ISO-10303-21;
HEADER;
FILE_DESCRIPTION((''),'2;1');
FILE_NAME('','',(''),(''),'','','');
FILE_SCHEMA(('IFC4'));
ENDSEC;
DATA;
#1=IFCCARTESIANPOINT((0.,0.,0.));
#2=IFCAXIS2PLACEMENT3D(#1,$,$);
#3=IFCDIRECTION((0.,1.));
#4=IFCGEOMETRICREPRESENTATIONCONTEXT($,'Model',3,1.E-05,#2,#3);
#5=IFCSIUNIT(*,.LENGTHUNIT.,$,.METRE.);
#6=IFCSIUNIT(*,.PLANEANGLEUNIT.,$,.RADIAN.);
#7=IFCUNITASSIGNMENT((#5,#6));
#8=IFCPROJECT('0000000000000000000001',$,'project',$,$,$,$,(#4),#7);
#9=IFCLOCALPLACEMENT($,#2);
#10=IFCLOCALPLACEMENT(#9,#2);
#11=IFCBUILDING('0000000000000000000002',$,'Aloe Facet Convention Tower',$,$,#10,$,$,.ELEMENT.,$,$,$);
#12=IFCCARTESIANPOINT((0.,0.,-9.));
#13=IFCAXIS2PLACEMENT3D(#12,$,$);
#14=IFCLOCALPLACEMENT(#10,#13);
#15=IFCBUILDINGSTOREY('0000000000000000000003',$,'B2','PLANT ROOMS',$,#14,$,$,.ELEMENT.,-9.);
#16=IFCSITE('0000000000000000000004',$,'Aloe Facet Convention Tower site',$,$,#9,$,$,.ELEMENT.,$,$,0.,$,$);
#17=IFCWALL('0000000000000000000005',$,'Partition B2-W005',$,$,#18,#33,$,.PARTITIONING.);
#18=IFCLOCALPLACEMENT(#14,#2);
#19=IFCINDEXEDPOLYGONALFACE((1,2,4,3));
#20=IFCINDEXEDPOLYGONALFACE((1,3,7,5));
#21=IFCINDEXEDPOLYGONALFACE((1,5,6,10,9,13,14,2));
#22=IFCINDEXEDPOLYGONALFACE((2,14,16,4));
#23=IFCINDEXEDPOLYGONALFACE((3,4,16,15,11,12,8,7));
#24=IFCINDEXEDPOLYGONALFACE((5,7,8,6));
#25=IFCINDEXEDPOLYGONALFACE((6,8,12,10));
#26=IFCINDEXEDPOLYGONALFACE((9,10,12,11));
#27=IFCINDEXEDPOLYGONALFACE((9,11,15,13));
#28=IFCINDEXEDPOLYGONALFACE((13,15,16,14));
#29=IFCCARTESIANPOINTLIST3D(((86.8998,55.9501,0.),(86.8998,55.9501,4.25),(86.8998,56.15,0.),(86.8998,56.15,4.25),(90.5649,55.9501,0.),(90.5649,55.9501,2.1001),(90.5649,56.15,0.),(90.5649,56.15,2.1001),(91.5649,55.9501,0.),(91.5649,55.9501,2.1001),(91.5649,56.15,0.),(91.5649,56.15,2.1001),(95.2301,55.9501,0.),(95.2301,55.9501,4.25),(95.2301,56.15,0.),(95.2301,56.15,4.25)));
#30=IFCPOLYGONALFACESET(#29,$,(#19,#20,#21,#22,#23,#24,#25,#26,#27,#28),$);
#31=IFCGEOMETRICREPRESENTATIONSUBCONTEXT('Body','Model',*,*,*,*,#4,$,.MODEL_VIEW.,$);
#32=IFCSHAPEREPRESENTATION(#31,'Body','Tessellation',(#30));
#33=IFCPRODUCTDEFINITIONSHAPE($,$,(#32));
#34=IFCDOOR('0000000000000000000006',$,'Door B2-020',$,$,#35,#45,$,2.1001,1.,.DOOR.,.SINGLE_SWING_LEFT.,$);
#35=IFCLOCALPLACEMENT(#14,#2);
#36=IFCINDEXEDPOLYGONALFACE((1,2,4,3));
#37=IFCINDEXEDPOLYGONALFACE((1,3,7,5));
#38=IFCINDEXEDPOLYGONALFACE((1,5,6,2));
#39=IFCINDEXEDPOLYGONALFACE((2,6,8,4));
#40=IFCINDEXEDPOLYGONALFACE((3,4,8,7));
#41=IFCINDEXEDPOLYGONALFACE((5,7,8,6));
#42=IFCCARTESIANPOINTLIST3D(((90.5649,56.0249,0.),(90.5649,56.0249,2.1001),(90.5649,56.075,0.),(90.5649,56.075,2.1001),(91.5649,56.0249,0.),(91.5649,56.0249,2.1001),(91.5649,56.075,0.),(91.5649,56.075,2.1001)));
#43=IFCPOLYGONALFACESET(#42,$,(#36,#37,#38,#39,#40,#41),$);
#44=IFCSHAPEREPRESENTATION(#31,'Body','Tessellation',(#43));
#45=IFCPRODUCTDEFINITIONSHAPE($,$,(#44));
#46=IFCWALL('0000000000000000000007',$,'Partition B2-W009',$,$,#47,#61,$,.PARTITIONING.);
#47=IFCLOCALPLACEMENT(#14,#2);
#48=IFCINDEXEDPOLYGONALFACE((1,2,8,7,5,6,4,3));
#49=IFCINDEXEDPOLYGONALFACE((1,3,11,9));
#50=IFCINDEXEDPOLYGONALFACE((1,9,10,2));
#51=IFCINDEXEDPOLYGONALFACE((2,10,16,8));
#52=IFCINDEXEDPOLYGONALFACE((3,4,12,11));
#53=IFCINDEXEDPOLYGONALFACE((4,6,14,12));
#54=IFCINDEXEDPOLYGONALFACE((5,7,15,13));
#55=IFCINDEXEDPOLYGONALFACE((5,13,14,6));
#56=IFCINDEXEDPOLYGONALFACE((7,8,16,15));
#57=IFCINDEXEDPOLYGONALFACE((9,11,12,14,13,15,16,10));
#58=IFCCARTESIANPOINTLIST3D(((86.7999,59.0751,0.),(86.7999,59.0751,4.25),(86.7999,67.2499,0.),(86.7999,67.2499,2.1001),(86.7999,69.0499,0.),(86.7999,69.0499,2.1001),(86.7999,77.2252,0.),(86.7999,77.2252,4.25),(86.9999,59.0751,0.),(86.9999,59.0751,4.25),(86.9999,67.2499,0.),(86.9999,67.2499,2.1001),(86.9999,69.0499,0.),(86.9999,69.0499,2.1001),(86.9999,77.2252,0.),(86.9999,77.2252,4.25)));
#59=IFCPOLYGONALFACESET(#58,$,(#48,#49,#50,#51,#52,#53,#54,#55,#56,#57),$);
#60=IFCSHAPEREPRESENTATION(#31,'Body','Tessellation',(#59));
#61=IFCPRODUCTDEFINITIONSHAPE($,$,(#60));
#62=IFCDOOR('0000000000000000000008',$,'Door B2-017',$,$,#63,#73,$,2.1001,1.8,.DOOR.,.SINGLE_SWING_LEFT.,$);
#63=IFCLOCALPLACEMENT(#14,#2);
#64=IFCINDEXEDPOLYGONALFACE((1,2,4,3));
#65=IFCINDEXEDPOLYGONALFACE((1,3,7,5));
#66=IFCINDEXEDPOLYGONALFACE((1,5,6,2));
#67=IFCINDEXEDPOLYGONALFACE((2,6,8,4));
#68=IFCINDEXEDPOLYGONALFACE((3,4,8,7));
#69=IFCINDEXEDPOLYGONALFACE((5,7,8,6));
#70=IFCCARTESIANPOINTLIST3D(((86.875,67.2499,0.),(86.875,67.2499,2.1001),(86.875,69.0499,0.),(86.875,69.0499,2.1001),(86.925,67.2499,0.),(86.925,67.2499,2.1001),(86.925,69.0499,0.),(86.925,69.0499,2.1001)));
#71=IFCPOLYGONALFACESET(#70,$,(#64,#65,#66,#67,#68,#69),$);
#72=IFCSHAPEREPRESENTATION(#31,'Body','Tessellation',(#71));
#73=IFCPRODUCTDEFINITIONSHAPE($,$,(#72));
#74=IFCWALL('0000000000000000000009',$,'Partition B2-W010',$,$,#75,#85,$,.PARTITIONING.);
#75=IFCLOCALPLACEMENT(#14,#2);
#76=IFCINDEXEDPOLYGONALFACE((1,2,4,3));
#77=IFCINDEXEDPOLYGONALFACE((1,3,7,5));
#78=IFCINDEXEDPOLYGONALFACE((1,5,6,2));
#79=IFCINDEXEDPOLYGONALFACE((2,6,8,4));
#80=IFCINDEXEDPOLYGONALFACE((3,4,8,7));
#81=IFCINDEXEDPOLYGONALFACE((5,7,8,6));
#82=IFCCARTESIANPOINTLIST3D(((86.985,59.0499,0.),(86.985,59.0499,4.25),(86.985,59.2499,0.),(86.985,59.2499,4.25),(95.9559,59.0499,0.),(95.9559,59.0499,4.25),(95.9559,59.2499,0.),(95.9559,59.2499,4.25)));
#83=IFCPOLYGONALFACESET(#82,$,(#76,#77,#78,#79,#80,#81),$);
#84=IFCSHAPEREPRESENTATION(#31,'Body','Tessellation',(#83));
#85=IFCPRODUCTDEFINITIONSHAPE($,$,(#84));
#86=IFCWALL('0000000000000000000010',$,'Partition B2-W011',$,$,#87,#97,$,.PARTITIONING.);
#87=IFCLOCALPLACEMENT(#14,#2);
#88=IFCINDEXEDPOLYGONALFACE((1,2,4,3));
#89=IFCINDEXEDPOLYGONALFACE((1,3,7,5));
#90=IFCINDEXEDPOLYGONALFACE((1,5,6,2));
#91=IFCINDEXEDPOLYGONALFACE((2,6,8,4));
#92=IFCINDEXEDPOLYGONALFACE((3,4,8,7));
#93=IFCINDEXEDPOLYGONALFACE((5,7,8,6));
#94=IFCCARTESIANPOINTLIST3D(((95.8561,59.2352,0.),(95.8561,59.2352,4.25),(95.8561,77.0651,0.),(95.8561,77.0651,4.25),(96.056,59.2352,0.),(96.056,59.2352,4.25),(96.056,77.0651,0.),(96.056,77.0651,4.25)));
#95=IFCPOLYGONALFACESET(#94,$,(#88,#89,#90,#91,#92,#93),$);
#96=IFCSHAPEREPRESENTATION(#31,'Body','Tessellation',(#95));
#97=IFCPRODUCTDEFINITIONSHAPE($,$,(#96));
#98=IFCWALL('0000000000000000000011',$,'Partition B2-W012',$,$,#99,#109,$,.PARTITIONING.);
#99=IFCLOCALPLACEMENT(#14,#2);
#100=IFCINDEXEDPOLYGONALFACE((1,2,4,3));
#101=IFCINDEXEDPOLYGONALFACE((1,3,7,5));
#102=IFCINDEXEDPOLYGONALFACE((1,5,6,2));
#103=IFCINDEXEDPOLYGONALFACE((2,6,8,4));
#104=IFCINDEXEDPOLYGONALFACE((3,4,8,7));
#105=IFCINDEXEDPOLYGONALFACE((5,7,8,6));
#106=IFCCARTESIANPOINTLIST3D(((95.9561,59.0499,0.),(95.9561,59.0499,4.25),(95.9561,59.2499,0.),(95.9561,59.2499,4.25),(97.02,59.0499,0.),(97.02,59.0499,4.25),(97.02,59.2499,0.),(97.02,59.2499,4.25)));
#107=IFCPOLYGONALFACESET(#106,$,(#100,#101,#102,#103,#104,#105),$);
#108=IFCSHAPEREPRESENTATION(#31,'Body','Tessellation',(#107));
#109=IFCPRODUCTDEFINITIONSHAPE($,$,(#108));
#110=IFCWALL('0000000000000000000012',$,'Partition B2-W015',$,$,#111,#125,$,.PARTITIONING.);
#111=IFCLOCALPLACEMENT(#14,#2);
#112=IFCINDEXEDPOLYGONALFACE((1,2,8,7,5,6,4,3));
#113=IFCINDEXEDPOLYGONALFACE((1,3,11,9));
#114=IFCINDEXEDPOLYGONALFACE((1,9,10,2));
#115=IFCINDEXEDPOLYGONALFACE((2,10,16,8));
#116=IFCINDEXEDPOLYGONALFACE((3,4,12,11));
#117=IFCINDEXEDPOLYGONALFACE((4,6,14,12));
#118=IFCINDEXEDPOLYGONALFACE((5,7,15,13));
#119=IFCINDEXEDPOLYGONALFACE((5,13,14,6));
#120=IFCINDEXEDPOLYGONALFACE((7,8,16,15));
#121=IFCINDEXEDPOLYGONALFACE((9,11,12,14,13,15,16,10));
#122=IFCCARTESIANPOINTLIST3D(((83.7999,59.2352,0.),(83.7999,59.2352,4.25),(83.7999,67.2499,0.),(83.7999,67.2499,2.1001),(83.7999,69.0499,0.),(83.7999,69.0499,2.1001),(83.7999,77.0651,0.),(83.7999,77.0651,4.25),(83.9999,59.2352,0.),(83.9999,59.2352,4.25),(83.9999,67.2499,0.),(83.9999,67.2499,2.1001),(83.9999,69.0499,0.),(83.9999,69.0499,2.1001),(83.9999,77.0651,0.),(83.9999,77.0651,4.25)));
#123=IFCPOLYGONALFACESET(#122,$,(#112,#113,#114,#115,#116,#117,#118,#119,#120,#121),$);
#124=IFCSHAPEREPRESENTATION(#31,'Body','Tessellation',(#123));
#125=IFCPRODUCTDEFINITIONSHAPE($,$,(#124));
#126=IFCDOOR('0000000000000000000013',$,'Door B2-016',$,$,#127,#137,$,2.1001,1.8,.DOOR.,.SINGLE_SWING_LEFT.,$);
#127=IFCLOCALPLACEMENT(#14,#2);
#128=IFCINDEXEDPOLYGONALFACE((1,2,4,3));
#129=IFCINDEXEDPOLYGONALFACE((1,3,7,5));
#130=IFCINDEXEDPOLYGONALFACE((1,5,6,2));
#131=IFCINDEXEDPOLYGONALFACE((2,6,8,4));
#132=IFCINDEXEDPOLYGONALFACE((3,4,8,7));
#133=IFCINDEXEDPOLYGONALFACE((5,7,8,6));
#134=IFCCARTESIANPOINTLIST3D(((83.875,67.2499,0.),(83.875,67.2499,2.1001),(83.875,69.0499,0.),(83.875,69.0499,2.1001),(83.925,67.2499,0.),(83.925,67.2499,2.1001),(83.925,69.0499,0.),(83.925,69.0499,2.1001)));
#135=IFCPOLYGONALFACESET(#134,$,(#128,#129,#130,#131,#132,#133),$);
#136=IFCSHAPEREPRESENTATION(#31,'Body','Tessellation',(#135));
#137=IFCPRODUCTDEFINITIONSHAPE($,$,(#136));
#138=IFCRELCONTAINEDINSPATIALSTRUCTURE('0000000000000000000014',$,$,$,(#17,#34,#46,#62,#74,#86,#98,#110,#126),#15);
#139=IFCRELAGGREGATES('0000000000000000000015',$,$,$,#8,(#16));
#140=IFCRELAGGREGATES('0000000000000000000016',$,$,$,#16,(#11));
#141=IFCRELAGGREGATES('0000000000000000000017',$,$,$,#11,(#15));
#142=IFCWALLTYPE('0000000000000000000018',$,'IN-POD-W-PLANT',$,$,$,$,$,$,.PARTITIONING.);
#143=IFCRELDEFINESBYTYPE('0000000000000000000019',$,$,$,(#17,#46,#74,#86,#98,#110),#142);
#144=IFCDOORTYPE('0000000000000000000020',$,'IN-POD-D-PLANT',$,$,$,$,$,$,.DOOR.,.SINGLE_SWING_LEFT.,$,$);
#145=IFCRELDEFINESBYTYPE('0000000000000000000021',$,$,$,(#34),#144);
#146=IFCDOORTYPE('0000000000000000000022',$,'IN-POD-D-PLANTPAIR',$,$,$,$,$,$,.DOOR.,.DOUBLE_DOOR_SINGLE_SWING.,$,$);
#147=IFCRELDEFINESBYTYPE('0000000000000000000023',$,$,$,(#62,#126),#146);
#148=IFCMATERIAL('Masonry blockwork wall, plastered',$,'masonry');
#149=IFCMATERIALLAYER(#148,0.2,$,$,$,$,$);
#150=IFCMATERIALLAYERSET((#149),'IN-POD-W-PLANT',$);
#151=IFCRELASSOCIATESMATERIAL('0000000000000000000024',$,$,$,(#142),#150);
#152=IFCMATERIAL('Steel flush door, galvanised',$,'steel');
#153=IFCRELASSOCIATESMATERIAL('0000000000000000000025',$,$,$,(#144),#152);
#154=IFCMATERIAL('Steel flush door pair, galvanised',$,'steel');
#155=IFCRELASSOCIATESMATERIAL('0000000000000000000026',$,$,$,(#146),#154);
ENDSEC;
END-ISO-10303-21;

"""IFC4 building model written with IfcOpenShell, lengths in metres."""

from ifc_helpers import new_model, si_unit, direction, frame, frame_2d, origin, place, context, subcontext, project, spatial, rectangle, extrude, material, layer, layer_set, type_object, element, fill, save


model = new_model("IFC4")

# Units and contexts
model_context = context("Model", 3, precision=1e-05, world=origin(), true_north=direction((0.0, 1.0)))
body_context = subcontext(model_context, "Body", "Model", "MODEL_VIEW")
ifc_project = project(units=[si_unit("LENGTHUNIT", "METRE"), si_unit("PLANEANGLEUNIT", "RADIAN")], contexts=[model_context])

# Site, building, storey
site_placement = place(None, origin())
site = spatial("IfcSite", under=ifc_project, at=site_placement, Name="Aloe Facet Convention Tower site", CompositionType="ELEMENT", RefElevation=0.0)
building_placement = place(site_placement, origin())
building = spatial("IfcBuilding", under=site, at=building_placement, Name="Aloe Facet Convention Tower", CompositionType="ELEMENT")
storey_placement = place(building_placement, frame((0.0, 0.0, -9.0)))
storey = spatial("IfcBuildingStorey", under=building, at=storey_placement, Name="B2", Description="PLANT ROOMS", CompositionType="ELEMENT", Elevation=-9.0)

# Walls, openings, doors
ifc_material_1 = material(Name="Masonry blockwork wall, plastered", Category="masonry")
ifc_layer = layer(ifc_material_1, 0.2)
ifc_layer_set = layer_set([ifc_layer], Name="IN-POD-W-PLANT")
wall_type = type_object("IfcWallType", Name="IN-POD-W-PLANT", PredefinedType="PARTITIONING", material=ifc_layer_set)
ifc_material_2 = material(Name="Steel flush door, galvanised", Category="steel")
door_type_1 = type_object("IfcDoorType", Name="IN-POD-D-PLANT", OperationType="SINGLE_SWING_LEFT", PredefinedType="DOOR", material=ifc_material_2)
wall_1_placement = place(storey_placement, frame((86.8999, 56.05, 0.0), z_axis=(0.0, 0.0, 1.0), x_axis=(1.0, 0.0, 0.0)))
wall_1 = element("IfcWall", 1, at=wall_1_placement, inside=storey, type_object=wall_type, Name="Partition B2-W005", PredefinedType="PARTITIONING", context=body_context, shape_type="SweptSolid", body=[
    extrude(rectangle(XDim=8.3303, YDim=0.2, at=frame_2d((4.165, 0.0))), origin(), (0.0, 0.0, 1.0), 4.25),
])
opening_1_placement = place(wall_1_placement, frame((3.665, 0.0, 0.0)))
opening_1 = element("IfcOpeningElement", 2, at=opening_1_placement, cuts=wall_1, PredefinedType="OPENING", context=body_context, shape_type="SweptSolid", body=[
    extrude(rectangle(XDim=1.0, YDim=2.1001, at=frame_2d((0.5, 1.05))), frame((0.0, 0.1099, 0.0), z_axis=(0.0, -1.0, 0.0), x_axis=(1.0, 0.0, 0.0)), (0.0, 0.0, 1.0), 0.22),
])
door_1_placement = place(opening_1_placement, origin())
door_1 = element("IfcDoor", 3, at=door_1_placement, inside=storey, type_object=door_type_1, Name="Door B2-020", OperationType="SINGLE_SWING_LEFT", OverallHeight=2.1001, OverallWidth=1.0, PredefinedType="DOOR", context=body_context, shape_type="SweptSolid", body=[
    extrude(rectangle(XDim=1.0, YDim=2.1001, at=frame_2d((0.5, 1.05))), frame((0.0, 0.0249, 0.0), z_axis=(0.0, -1.0, 0.0), x_axis=(1.0, 0.0, 0.0)), (0.0, 0.0, 1.0), 0.05),
])
fill(opening_1, door_1)
wall_2_placement = place(storey_placement, frame((86.8999, 59.075, 0.0), z_axis=(0.0, 0.0, 1.0), x_axis=(0.0, 1.0, 0.0)))
wall_2 = element("IfcWall", 4, at=wall_2_placement, inside=storey, type_object=wall_type, Name="Partition B2-W009", PredefinedType="PARTITIONING", context=body_context, shape_type="SweptSolid", body=[
    extrude(rectangle(XDim=18.1501, YDim=0.2, at=frame_2d((9.0752, 0.0))), origin(), (0.0, 0.0, 1.0), 4.25),
])
opening_2_placement = place(wall_2_placement, frame((8.175, 0.0, 0.0)))
opening_2 = element("IfcOpeningElement", 5, at=opening_2_placement, cuts=wall_2, PredefinedType="OPENING", context=body_context, shape_type="SweptSolid", body=[
    extrude(rectangle(XDim=1.8, YDim=2.1001, at=frame_2d((0.8999, 1.05))), frame((0.0, 0.1099, 0.0), z_axis=(0.0, -1.0, 0.0), x_axis=(1.0, 0.0, 0.0)), (0.0, 0.0, 1.0), 0.22),
])
ifc_material_3 = material(Name="Steel flush door pair, galvanised", Category="steel")
door_type_2 = type_object("IfcDoorType", Name="IN-POD-D-PLANTPAIR", OperationType="DOUBLE_DOOR_SINGLE_SWING", PredefinedType="DOOR", material=ifc_material_3)
door_2_placement = place(opening_2_placement, origin())
door_2 = element("IfcDoor", 6, at=door_2_placement, inside=storey, type_object=door_type_2, Name="Door B2-017", OperationType="SINGLE_SWING_LEFT", OverallHeight=2.1001, OverallWidth=1.8, PredefinedType="DOOR", context=body_context, shape_type="SweptSolid", body=[
    extrude(rectangle(XDim=1.8, YDim=2.1001, at=frame_2d((0.8999, 1.05))), frame((0.0, 0.0249, 0.0), z_axis=(0.0, -1.0, 0.0), x_axis=(1.0, 0.0, 0.0)), (0.0, 0.0, 1.0), 0.05),
])
fill(opening_2, door_2)

# Walls
wall_3_placement = place(storey_placement, frame((86.9851, 59.1499, 0.0), z_axis=(0.0, 0.0, 1.0), x_axis=(1.0, 0.0, 0.0)))
element("IfcWall", 7, at=wall_3_placement, inside=storey, type_object=wall_type, Name="Partition B2-W010", PredefinedType="PARTITIONING", context=body_context, shape_type="SweptSolid", body=[
    extrude(rectangle(XDim=8.9709, YDim=0.2, at=frame_2d((4.4854, 0.0))), origin(), (0.0, 0.0, 1.0), 4.25),
])
wall_4_placement = place(storey_placement, frame((95.9561, 59.2351, 0.0), z_axis=(0.0, 0.0, 1.0), x_axis=(0.0, 1.0, 0.0)))
element("IfcWall", 8, at=wall_4_placement, inside=storey, type_object=wall_type, Name="Partition B2-W011", PredefinedType="PARTITIONING", context=body_context, shape_type="SweptSolid", body=[
    extrude(rectangle(XDim=17.8298, YDim=0.2, at=frame_2d((8.915, 0.0))), origin(), (0.0, 0.0, 1.0), 4.25),
])
wall_5_placement = place(storey_placement, frame((95.9561, 59.1499, 0.0), z_axis=(0.0, 0.0, 1.0), x_axis=(1.0, 0.0, 0.0)))
element("IfcWall", 9, at=wall_5_placement, inside=storey, type_object=wall_type, Name="Partition B2-W012", PredefinedType="PARTITIONING", context=body_context, shape_type="SweptSolid", body=[
    extrude(rectangle(XDim=1.064, YDim=0.2, at=frame_2d((0.532, 0.0))), origin(), (0.0, 0.0, 1.0), 4.25),
])

# Wall, opening, door
wall_6_placement = place(storey_placement, frame((83.8999, 59.2351, 0.0), z_axis=(0.0, 0.0, 1.0), x_axis=(0.0, 1.0, 0.0)))
wall_6 = element("IfcWall", 10, at=wall_6_placement, inside=storey, type_object=wall_type, Name="Partition B2-W015", PredefinedType="PARTITIONING", context=body_context, shape_type="SweptSolid", body=[
    extrude(rectangle(XDim=17.8298, YDim=0.2, at=frame_2d((8.915, 0.0))), origin(), (0.0, 0.0, 1.0), 4.25),
])
opening_3_placement = place(wall_6_placement, frame((8.0149, 0.0, 0.0)))
opening_3 = element("IfcOpeningElement", 11, at=opening_3_placement, cuts=wall_6, PredefinedType="OPENING", context=body_context, shape_type="SweptSolid", body=[
    extrude(rectangle(XDim=1.8, YDim=2.1001, at=frame_2d((0.8999, 1.05))), frame((0.0, 0.1099, 0.0), z_axis=(0.0, -1.0, 0.0), x_axis=(1.0, 0.0, 0.0)), (0.0, 0.0, 1.0), 0.22),
])
door_3_placement = place(opening_3_placement, origin())
door_3 = element("IfcDoor", 12, at=door_3_placement, inside=storey, type_object=door_type_2, Name="Door B2-016", OperationType="SINGLE_SWING_LEFT", OverallHeight=2.1001, OverallWidth=1.8, PredefinedType="DOOR", context=body_context, shape_type="SweptSolid", body=[
    extrude(rectangle(XDim=1.8, YDim=2.1001, at=frame_2d((0.8999, 1.05))), frame((0.0, 0.0249, 0.0), z_axis=(0.0, -1.0, 0.0), x_axis=(1.0, 0.0, 0.0)), (0.0, 0.0, 1.0), 0.05),
])
fill(opening_3, door_3)

save(model, "model.ifc")
